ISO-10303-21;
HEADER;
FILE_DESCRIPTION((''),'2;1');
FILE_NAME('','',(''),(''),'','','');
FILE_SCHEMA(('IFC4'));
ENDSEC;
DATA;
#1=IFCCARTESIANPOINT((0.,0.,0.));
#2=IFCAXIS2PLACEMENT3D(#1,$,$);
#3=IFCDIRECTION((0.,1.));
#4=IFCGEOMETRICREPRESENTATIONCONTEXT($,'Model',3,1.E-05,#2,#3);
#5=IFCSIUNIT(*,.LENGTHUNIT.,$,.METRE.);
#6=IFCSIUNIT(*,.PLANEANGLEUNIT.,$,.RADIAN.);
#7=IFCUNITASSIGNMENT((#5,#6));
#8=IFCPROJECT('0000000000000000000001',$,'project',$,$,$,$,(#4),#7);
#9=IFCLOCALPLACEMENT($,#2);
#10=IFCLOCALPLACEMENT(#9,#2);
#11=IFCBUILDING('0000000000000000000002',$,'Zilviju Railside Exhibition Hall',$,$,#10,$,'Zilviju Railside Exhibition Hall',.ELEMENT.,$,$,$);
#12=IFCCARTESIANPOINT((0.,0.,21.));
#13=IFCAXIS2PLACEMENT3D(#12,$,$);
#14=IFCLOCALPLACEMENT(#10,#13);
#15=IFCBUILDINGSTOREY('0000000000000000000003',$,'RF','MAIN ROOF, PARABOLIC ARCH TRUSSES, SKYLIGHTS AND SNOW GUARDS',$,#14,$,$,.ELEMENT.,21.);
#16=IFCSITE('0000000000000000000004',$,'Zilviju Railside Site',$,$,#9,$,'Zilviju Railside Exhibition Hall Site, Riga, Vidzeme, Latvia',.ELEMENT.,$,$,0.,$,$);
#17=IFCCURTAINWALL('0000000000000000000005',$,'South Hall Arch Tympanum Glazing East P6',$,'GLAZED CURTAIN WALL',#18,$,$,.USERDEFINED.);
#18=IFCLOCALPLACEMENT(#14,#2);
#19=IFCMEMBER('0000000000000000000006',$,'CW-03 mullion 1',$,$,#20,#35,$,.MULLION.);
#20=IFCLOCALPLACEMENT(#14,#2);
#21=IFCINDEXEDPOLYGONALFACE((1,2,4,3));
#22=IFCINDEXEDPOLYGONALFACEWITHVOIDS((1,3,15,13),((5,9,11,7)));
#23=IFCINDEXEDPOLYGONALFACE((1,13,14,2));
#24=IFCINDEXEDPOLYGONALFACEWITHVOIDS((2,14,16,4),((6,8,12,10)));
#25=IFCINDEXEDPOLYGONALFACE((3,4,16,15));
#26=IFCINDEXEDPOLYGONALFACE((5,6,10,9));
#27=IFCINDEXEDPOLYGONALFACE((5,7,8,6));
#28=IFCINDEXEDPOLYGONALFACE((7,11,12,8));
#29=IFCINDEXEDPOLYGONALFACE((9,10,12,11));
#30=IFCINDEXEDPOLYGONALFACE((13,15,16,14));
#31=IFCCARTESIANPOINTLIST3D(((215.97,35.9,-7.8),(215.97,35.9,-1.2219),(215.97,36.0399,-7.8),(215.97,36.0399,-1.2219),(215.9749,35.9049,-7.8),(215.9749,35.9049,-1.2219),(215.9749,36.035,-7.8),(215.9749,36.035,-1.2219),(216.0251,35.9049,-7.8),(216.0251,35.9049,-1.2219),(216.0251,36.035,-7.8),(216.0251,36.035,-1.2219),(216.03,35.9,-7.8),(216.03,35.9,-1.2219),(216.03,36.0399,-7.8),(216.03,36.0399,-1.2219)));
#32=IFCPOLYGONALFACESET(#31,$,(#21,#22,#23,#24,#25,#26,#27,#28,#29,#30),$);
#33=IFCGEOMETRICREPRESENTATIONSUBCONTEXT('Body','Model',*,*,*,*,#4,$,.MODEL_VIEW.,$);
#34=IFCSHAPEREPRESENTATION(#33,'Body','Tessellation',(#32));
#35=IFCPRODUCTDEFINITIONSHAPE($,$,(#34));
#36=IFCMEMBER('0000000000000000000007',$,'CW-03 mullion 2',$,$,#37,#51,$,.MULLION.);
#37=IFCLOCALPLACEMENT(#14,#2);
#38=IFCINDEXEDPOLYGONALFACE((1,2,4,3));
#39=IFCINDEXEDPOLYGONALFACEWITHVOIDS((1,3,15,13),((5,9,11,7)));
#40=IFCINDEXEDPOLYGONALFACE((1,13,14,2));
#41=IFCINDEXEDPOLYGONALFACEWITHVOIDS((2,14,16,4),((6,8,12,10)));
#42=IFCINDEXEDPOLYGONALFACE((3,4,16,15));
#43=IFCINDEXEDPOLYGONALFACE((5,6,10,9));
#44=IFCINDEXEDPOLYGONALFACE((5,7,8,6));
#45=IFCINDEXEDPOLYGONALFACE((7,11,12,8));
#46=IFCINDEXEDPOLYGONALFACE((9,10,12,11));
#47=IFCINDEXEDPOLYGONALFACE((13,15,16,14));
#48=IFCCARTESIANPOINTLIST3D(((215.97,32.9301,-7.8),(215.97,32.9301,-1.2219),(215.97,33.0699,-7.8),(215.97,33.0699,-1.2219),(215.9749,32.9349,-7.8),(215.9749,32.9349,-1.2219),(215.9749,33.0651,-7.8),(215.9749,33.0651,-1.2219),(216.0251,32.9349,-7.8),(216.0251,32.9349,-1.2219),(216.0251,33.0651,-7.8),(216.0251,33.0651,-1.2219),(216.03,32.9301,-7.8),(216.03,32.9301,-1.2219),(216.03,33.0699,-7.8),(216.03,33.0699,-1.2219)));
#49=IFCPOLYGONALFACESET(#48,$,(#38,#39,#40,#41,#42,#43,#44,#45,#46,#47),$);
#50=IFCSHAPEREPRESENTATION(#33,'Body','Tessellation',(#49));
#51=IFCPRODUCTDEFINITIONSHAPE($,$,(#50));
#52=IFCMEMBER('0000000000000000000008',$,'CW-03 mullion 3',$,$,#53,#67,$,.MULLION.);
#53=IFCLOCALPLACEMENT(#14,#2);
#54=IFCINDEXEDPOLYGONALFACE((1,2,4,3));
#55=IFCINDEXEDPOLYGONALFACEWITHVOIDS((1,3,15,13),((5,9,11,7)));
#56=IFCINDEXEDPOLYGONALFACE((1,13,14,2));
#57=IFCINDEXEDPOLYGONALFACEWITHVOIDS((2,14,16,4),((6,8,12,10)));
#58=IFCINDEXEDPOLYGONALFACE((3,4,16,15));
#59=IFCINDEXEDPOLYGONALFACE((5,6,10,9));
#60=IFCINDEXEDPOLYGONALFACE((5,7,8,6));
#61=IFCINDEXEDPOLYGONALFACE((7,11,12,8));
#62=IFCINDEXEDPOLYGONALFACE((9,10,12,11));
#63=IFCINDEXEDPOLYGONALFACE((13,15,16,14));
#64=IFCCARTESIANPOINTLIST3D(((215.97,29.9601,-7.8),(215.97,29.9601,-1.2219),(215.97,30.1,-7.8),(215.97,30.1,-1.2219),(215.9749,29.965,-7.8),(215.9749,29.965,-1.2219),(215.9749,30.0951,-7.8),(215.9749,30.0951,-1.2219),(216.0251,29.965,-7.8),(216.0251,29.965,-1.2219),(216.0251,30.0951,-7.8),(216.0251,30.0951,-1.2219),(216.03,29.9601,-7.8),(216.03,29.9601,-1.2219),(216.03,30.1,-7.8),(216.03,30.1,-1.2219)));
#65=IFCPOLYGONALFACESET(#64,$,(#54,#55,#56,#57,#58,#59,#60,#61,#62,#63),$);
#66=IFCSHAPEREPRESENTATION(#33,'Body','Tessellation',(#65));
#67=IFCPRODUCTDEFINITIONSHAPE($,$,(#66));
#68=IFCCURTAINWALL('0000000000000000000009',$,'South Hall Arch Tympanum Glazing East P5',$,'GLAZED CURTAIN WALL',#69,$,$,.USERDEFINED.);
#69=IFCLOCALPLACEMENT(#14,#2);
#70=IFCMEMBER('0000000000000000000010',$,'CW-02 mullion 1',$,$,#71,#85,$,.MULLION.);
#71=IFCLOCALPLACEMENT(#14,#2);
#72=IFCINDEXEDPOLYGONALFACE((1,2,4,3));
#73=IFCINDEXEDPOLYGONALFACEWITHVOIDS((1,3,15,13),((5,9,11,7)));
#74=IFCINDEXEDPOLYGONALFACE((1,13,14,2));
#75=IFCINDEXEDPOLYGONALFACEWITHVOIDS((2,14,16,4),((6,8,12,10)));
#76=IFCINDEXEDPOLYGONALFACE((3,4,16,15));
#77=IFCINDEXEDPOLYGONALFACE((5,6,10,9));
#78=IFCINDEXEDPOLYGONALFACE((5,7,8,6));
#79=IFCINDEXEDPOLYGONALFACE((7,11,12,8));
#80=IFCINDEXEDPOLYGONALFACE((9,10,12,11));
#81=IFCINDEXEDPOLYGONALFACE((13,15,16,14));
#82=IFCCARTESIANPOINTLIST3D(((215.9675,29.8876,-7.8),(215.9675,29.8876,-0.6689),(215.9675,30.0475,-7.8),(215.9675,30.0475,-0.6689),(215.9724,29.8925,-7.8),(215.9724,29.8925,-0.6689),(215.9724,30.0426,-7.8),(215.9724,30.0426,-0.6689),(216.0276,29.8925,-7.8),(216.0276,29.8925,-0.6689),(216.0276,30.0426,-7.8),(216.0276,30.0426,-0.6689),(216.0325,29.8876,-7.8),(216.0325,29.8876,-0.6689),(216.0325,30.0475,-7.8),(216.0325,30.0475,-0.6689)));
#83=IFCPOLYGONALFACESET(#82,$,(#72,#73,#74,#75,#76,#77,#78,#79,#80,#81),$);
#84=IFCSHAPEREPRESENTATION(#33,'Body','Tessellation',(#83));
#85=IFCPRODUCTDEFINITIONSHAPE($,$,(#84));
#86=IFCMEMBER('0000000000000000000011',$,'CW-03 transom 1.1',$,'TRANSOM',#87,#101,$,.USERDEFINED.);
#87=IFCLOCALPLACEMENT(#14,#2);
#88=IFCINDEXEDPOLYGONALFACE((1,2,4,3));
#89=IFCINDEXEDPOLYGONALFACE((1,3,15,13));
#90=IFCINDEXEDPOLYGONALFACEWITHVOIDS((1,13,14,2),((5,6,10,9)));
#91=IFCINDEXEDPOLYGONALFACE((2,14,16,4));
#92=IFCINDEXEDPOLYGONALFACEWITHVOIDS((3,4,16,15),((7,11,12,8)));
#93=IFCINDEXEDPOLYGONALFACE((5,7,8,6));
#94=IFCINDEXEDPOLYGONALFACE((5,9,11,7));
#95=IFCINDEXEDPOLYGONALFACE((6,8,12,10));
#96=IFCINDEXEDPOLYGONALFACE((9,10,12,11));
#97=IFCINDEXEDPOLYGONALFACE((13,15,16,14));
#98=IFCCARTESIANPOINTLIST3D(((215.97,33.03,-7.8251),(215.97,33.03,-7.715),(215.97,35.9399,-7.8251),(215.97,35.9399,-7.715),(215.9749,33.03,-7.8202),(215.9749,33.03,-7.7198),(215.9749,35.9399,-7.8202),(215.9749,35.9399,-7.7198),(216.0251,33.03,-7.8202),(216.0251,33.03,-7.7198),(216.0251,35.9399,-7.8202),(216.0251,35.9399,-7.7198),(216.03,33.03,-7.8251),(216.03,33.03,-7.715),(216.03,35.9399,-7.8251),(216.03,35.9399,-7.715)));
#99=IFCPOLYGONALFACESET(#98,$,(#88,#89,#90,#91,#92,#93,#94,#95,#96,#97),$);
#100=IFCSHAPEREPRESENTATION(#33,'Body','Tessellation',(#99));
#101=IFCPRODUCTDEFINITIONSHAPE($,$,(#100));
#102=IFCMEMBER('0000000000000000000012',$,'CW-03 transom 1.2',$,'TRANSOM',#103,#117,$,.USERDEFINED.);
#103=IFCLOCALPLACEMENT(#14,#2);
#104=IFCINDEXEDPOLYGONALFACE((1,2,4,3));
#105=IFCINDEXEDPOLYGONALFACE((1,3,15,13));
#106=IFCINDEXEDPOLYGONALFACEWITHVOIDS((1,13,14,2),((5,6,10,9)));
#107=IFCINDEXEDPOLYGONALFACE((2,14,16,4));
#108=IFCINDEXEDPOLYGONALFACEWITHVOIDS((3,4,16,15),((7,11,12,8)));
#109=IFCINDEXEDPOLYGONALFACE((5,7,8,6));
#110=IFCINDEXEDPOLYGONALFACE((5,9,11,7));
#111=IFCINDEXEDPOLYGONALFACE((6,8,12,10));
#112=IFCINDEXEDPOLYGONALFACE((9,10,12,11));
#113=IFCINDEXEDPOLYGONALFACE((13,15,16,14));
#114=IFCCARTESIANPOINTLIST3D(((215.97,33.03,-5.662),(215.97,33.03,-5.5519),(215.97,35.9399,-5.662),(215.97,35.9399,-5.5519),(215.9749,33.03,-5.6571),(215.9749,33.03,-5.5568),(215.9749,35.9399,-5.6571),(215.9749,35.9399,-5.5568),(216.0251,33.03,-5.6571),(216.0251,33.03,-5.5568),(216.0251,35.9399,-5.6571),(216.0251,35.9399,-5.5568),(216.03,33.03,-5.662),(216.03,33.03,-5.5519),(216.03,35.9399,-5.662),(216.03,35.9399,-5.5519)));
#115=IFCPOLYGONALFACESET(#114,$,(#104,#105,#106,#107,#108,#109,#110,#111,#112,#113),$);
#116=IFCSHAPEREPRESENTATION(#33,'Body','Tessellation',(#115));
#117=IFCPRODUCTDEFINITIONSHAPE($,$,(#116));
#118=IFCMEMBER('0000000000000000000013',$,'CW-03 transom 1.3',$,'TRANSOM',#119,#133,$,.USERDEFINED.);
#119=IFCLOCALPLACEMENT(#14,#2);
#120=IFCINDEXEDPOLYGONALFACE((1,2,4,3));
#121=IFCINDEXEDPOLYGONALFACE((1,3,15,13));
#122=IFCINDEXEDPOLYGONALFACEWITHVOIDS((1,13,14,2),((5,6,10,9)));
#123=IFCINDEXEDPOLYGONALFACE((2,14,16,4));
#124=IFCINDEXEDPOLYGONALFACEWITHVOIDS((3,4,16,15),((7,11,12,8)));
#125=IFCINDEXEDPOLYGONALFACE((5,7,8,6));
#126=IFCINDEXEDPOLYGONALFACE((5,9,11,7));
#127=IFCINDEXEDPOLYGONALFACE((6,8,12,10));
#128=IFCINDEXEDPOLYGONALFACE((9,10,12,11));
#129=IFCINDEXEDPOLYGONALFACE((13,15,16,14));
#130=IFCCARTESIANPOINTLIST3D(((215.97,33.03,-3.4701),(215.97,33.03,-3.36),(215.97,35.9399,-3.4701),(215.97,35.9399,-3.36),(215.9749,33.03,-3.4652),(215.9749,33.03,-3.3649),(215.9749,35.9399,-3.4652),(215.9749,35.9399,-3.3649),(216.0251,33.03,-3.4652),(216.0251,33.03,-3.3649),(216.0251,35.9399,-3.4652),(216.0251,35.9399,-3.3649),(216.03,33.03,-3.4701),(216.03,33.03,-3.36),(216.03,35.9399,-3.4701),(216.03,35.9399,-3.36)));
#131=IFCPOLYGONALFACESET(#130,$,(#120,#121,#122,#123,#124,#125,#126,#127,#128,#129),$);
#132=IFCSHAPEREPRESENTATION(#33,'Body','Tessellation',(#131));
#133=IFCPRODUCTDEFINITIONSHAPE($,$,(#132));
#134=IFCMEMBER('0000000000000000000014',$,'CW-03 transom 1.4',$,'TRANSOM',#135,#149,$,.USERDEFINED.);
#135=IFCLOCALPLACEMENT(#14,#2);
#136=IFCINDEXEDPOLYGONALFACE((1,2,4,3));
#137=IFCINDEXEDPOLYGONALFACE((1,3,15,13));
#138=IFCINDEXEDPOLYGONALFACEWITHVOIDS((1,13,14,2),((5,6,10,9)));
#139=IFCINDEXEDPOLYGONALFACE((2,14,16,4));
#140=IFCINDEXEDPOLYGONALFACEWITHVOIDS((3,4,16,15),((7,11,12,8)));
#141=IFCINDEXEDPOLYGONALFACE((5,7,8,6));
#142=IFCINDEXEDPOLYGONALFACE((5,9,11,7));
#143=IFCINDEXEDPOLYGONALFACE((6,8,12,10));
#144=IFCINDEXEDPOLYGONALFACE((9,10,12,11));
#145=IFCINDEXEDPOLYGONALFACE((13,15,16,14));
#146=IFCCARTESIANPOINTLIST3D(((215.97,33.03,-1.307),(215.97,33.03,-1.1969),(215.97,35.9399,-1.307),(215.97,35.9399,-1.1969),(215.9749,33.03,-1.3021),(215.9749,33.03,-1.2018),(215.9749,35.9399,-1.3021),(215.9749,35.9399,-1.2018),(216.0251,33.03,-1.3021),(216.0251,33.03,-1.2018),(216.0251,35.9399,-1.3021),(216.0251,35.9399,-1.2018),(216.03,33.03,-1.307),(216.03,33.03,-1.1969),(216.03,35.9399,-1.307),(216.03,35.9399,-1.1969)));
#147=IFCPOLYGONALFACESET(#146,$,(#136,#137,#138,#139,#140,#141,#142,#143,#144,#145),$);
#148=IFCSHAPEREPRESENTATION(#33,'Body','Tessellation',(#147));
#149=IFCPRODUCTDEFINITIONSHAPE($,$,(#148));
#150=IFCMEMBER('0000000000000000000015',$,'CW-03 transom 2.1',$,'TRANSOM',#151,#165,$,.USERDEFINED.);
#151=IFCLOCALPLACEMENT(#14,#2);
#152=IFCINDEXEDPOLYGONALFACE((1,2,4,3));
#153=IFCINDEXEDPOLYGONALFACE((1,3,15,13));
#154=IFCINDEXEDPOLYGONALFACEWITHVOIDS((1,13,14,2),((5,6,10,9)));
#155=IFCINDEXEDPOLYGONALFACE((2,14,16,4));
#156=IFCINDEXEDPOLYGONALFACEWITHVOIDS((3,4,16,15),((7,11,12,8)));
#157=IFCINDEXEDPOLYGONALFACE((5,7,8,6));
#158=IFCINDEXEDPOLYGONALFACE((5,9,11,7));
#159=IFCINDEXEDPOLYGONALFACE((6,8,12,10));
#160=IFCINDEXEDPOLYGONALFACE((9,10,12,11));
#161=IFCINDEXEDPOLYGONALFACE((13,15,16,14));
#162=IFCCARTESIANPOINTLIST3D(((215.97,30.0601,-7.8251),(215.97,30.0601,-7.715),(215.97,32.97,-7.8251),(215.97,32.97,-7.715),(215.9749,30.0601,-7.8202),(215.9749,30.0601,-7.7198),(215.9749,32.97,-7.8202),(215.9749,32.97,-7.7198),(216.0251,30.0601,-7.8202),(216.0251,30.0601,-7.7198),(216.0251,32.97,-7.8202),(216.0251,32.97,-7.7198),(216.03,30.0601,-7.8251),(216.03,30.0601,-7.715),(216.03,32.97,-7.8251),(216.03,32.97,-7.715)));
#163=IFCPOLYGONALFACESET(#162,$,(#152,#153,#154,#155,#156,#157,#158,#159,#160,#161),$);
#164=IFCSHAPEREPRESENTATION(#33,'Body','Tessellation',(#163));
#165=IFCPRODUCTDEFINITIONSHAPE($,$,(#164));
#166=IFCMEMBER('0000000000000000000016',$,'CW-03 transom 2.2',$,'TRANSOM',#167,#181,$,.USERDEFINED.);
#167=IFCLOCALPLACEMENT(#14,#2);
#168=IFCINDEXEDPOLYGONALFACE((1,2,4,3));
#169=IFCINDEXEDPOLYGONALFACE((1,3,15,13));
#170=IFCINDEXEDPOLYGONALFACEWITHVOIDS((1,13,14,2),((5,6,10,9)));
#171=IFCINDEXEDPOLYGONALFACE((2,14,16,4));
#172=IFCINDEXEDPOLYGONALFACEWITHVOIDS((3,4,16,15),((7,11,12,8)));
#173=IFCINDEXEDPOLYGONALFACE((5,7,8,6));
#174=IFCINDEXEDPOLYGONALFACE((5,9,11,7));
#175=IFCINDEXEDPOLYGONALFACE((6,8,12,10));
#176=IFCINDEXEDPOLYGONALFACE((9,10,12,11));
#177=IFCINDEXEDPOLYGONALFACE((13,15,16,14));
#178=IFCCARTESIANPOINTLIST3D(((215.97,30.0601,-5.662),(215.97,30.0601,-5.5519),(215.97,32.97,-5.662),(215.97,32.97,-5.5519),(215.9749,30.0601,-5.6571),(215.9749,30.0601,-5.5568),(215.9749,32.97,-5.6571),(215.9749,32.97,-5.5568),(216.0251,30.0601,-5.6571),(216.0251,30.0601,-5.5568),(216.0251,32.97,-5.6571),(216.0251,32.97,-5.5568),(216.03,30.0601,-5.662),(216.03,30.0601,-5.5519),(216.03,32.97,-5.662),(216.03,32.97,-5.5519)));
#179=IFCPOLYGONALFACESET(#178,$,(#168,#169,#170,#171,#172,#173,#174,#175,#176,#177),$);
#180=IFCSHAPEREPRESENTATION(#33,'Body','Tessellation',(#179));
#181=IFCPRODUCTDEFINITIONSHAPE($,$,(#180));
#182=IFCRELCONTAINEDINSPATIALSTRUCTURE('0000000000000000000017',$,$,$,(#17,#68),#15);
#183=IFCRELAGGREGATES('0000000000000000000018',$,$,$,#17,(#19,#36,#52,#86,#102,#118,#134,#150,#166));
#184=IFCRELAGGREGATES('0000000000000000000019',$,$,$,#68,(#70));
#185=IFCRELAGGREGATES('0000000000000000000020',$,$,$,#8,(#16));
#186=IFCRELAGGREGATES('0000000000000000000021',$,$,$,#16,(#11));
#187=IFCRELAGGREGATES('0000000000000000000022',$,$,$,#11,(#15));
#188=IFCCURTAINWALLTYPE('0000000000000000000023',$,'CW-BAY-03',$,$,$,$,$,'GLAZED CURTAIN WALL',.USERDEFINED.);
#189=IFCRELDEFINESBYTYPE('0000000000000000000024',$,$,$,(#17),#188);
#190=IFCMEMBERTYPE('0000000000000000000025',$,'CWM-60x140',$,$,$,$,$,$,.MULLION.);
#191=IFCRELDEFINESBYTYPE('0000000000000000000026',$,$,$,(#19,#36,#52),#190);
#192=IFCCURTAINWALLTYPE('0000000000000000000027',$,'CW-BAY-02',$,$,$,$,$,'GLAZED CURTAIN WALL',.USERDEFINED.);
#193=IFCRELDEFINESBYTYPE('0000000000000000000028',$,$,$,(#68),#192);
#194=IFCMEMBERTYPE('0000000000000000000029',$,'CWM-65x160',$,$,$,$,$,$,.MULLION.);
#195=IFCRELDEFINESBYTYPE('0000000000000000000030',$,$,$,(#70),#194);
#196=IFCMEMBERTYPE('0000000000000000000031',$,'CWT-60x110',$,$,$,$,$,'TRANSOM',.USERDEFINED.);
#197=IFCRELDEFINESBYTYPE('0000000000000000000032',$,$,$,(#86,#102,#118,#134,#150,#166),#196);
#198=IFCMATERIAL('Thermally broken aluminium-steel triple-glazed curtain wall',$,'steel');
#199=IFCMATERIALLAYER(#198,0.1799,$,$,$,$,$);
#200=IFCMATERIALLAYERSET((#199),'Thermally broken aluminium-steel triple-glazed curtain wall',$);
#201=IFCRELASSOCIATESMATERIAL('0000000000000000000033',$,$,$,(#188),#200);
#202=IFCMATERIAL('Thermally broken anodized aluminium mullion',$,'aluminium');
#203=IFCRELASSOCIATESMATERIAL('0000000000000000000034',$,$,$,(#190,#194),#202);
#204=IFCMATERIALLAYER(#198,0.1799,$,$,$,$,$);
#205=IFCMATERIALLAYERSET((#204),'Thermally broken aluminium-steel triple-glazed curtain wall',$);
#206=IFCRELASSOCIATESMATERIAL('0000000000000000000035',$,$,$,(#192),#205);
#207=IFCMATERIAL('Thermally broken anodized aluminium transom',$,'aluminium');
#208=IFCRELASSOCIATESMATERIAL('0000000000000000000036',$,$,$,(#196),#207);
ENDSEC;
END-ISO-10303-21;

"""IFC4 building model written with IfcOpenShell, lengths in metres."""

from ifc_helpers import new_model, si_unit, direction, frame, origin, origin_2d, place, context, subcontext, project, spatial, hollow_rectangle, extrude, material, layer, layer_set, material_profile, profile_set, type_object, element, aggregate, save


model = new_model("IFC4")

# Units and contexts
model_context = context("Model", 3, precision=1e-05, world=origin(), true_north=direction((0.0, 1.0)))
body_context = subcontext(model_context, "Body", "Model", "MODEL_VIEW")
ifc_project = project(units=[si_unit("LENGTHUNIT", "METRE"), si_unit("PLANEANGLEUNIT", "RADIAN")], contexts=[model_context])

# Site, building, storey
site_placement = place(None, origin())
site = spatial("IfcSite", under=ifc_project, at=site_placement, Name="Zilviju Railside Site", LongName="Zilviju Railside Exhibition Hall Site, Riga, Vidzeme, Latvia", CompositionType="ELEMENT", RefElevation=0.0)
building_placement = place(site_placement, origin())
building = spatial("IfcBuilding", under=site, at=building_placement, Name="Zilviju Railside Exhibition Hall", LongName="Zilviju Railside Exhibition Hall", CompositionType="ELEMENT")
storey_placement = place(building_placement, frame((0.0, 0.0, 21.0)))
storey = spatial("IfcBuildingStorey", under=building, at=storey_placement, Name="RF", Description="MAIN ROOF, PARABOLIC ARCH TRUSSES, SKYLIGHTS AND SNOW GUARDS", CompositionType="ELEMENT", Elevation=21.0)

# Curtain wall, members
ifc_material_1 = material(Name="Thermally broken aluminium-steel triple-glazed curtain wall", Category="steel")
ifc_layer_1 = layer(ifc_material_1, 0.1799)
ifc_layer_set_1 = layer_set([ifc_layer_1], Name="Thermally broken aluminium-steel triple-glazed curtain wall")
curtain_wall_type_1 = type_object("IfcCurtainWallType", Name="CW-BAY-03", ElementType="GLAZED CURTAIN WALL", PredefinedType="USERDEFINED", material=ifc_layer_set_1)
curtain_wall_1_placement = place(storey_placement, origin())
curtain_wall_1 = element("IfcCurtainWall", 1, at=curtain_wall_1_placement, inside=storey, type_object=curtain_wall_type_1, Name="South Hall Arch Tympanum Glazing East P6", ObjectType="GLAZED CURTAIN WALL", PredefinedType="USERDEFINED")
ifc_material_2 = material(Name="Thermally broken anodized aluminium mullion", Category="aluminium")
ifc_material_profile_1 = material_profile(ifc_material_2, hollow_rectangle(XDim=0.0601, YDim=0.1399, WallThickness=0.0049, at=origin_2d()), Name="MULLION 140x60x5")
ifc_profile_set_1 = profile_set([ifc_material_profile_1], Name="Thermally broken anodized aluminium mullion")
member_type_1 = type_object("IfcMemberType", Name="CWM-60x140", PredefinedType="MULLION", material=ifc_profile_set_1)
member_1_placement = place(storey_placement, frame((216.0, 35.97, -7.8), z_axis=(0.0, 0.0, 1.0), x_axis=(1.0, 0.0, 0.0)))
member_1 = element("IfcMember", 2, at=member_1_placement, type_object=member_type_1, Name="CW-03 mullion 1", PredefinedType="MULLION", context=body_context, shape_type="SweptSolid", body=[
    extrude(hollow_rectangle(XDim=0.0601, YDim=0.1399, WallThickness=0.0049, at=origin_2d()), origin(), (0.0, 0.0, 1.0), 6.5781),
])
member_2_placement = place(storey_placement, frame((216.0, 33.0, -7.8), z_axis=(0.0, 0.0, 1.0), x_axis=(1.0, 0.0, 0.0)))
member_2 = element("IfcMember", 3, at=member_2_placement, type_object=member_type_1, Name="CW-03 mullion 2", PredefinedType="MULLION", context=body_context, shape_type="SweptSolid", body=[
    extrude(hollow_rectangle(XDim=0.0601, YDim=0.1399, WallThickness=0.0049, at=origin_2d()), origin(), (0.0, 0.0, 1.0), 6.5781),
])
member_3_placement = place(storey_placement, frame((216.0, 30.03, -7.8), z_axis=(0.0, 0.0, 1.0), x_axis=(1.0, 0.0, 0.0)))
member_3 = element("IfcMember", 4, at=member_3_placement, type_object=member_type_1, Name="CW-03 mullion 3", PredefinedType="MULLION", context=body_context, shape_type="SweptSolid", body=[
    extrude(hollow_rectangle(XDim=0.0601, YDim=0.1399, WallThickness=0.0049, at=origin_2d()), origin(), (0.0, 0.0, 1.0), 6.5781),
])

# Curtain wall, member
ifc_layer_2 = layer(ifc_material_1, 0.1799)
ifc_layer_set_2 = layer_set([ifc_layer_2], Name="Thermally broken aluminium-steel triple-glazed curtain wall")
curtain_wall_type_2 = type_object("IfcCurtainWallType", Name="CW-BAY-02", ElementType="GLAZED CURTAIN WALL", PredefinedType="USERDEFINED", material=ifc_layer_set_2)
curtain_wall_2_placement = place(storey_placement, origin())
curtain_wall_2 = element("IfcCurtainWall", 5, at=curtain_wall_2_placement, inside=storey, type_object=curtain_wall_type_2, Name="South Hall Arch Tympanum Glazing East P5", ObjectType="GLAZED CURTAIN WALL", PredefinedType="USERDEFINED")
ifc_material_profile_2 = material_profile(ifc_material_2, hollow_rectangle(XDim=0.0649, YDim=0.1599, WallThickness=0.0049, at=origin_2d()), Name="MULLION 160x65x5")
ifc_profile_set_2 = profile_set([ifc_material_profile_2], Name="Thermally broken anodized aluminium mullion")
member_type_2 = type_object("IfcMemberType", Name="CWM-65x160", PredefinedType="MULLION", material=ifc_profile_set_2)
member_4_placement = place(storey_placement, frame((216.0, 29.9675, -7.8), z_axis=(0.0, 0.0, 1.0), x_axis=(1.0, 0.0, 0.0)))
member_4 = element("IfcMember", 6, at=member_4_placement, type_object=member_type_2, Name="CW-02 mullion 1", PredefinedType="MULLION", context=body_context, shape_type="SweptSolid", body=[
    extrude(hollow_rectangle(XDim=0.0649, YDim=0.1599, WallThickness=0.0049, at=origin_2d()), origin(), (0.0, 0.0, 1.0), 7.1311),
])

# Members
ifc_material_3 = material(Name="Thermally broken anodized aluminium transom", Category="aluminium")
ifc_material_profile_3 = material_profile(ifc_material_3, hollow_rectangle(XDim=0.0601, YDim=0.1101, WallThickness=0.0049, at=origin_2d()), Name="TRANSOM 110x60x5")
ifc_profile_set_3 = profile_set([ifc_material_profile_3], Name="Thermally broken anodized aluminium transom")
member_type_3 = type_object("IfcMemberType", Name="CWT-60x110", ElementType="TRANSOM", PredefinedType="USERDEFINED", material=ifc_profile_set_3)
member_5_placement = place(storey_placement, frame((216.0, 35.9399, -7.77), z_axis=(0.0, -1.0, 0.0), x_axis=(1.0, 0.0, 0.0)))
member_5 = element("IfcMember", 7, at=member_5_placement, type_object=member_type_3, Name="CW-03 transom 1.1", ObjectType="TRANSOM", PredefinedType="USERDEFINED", context=body_context, shape_type="SweptSolid", body=[
    extrude(hollow_rectangle(XDim=0.0601, YDim=0.1101, WallThickness=0.0049, at=origin_2d()), origin(), (0.0, 0.0, 1.0), 2.9099),
])
member_6_placement = place(storey_placement, frame((216.0, 35.9399, -5.6069), z_axis=(0.0, -1.0, 0.0), x_axis=(1.0, 0.0, 0.0)))
member_6 = element("IfcMember", 8, at=member_6_placement, type_object=member_type_3, Name="CW-03 transom 1.2", ObjectType="TRANSOM", PredefinedType="USERDEFINED", context=body_context, shape_type="SweptSolid", body=[
    extrude(hollow_rectangle(XDim=0.0601, YDim=0.1101, WallThickness=0.0049, at=origin_2d()), origin(), (0.0, 0.0, 1.0), 2.9099),
])
member_7_placement = place(storey_placement, frame((216.0, 35.9399, -3.415), z_axis=(0.0, -1.0, 0.0), x_axis=(1.0, 0.0, 0.0)))
member_7 = element("IfcMember", 9, at=member_7_placement, type_object=member_type_3, Name="CW-03 transom 1.3", ObjectType="TRANSOM", PredefinedType="USERDEFINED", context=body_context, shape_type="SweptSolid", body=[
    extrude(hollow_rectangle(XDim=0.0601, YDim=0.1101, WallThickness=0.0049, at=origin_2d()), origin(), (0.0, 0.0, 1.0), 2.9099),
])
member_8_placement = place(storey_placement, frame((216.0, 35.9399, -1.252), z_axis=(0.0, -1.0, 0.0), x_axis=(1.0, 0.0, 0.0)))
member_8 = element("IfcMember", 10, at=member_8_placement, type_object=member_type_3, Name="CW-03 transom 1.4", ObjectType="TRANSOM", PredefinedType="USERDEFINED", context=body_context, shape_type="SweptSolid", body=[
    extrude(hollow_rectangle(XDim=0.0601, YDim=0.1101, WallThickness=0.0049, at=origin_2d()), origin(), (0.0, 0.0, 1.0), 2.9099),
])
member_9_placement = place(storey_placement, frame((216.0, 32.97, -7.77), z_axis=(0.0, -1.0, 0.0), x_axis=(1.0, 0.0, 0.0)))
member_9 = element("IfcMember", 11, at=member_9_placement, type_object=member_type_3, Name="CW-03 transom 2.1", ObjectType="TRANSOM", PredefinedType="USERDEFINED", context=body_context, shape_type="SweptSolid", body=[
    extrude(hollow_rectangle(XDim=0.0601, YDim=0.1101, WallThickness=0.0049, at=origin_2d()), origin(), (0.0, 0.0, 1.0), 2.9099),
])
member_10_placement = place(storey_placement, frame((216.0, 32.97, -5.6069), z_axis=(0.0, -1.0, 0.0), x_axis=(1.0, 0.0, 0.0)))
member_10 = element("IfcMember", 12, at=member_10_placement, type_object=member_type_3, Name="CW-03 transom 2.2", ObjectType="TRANSOM", PredefinedType="USERDEFINED", context=body_context, shape_type="SweptSolid", body=[
    extrude(hollow_rectangle(XDim=0.0601, YDim=0.1101, WallThickness=0.0049, at=origin_2d()), origin(), (0.0, 0.0, 1.0), 2.9099),
])

aggregate(curtain_wall_1, [member_1, member_2, member_3, member_5, member_6, member_7, member_8, member_9, member_10])
aggregate(curtain_wall_2, [member_4])

save(model, "model.ifc")
